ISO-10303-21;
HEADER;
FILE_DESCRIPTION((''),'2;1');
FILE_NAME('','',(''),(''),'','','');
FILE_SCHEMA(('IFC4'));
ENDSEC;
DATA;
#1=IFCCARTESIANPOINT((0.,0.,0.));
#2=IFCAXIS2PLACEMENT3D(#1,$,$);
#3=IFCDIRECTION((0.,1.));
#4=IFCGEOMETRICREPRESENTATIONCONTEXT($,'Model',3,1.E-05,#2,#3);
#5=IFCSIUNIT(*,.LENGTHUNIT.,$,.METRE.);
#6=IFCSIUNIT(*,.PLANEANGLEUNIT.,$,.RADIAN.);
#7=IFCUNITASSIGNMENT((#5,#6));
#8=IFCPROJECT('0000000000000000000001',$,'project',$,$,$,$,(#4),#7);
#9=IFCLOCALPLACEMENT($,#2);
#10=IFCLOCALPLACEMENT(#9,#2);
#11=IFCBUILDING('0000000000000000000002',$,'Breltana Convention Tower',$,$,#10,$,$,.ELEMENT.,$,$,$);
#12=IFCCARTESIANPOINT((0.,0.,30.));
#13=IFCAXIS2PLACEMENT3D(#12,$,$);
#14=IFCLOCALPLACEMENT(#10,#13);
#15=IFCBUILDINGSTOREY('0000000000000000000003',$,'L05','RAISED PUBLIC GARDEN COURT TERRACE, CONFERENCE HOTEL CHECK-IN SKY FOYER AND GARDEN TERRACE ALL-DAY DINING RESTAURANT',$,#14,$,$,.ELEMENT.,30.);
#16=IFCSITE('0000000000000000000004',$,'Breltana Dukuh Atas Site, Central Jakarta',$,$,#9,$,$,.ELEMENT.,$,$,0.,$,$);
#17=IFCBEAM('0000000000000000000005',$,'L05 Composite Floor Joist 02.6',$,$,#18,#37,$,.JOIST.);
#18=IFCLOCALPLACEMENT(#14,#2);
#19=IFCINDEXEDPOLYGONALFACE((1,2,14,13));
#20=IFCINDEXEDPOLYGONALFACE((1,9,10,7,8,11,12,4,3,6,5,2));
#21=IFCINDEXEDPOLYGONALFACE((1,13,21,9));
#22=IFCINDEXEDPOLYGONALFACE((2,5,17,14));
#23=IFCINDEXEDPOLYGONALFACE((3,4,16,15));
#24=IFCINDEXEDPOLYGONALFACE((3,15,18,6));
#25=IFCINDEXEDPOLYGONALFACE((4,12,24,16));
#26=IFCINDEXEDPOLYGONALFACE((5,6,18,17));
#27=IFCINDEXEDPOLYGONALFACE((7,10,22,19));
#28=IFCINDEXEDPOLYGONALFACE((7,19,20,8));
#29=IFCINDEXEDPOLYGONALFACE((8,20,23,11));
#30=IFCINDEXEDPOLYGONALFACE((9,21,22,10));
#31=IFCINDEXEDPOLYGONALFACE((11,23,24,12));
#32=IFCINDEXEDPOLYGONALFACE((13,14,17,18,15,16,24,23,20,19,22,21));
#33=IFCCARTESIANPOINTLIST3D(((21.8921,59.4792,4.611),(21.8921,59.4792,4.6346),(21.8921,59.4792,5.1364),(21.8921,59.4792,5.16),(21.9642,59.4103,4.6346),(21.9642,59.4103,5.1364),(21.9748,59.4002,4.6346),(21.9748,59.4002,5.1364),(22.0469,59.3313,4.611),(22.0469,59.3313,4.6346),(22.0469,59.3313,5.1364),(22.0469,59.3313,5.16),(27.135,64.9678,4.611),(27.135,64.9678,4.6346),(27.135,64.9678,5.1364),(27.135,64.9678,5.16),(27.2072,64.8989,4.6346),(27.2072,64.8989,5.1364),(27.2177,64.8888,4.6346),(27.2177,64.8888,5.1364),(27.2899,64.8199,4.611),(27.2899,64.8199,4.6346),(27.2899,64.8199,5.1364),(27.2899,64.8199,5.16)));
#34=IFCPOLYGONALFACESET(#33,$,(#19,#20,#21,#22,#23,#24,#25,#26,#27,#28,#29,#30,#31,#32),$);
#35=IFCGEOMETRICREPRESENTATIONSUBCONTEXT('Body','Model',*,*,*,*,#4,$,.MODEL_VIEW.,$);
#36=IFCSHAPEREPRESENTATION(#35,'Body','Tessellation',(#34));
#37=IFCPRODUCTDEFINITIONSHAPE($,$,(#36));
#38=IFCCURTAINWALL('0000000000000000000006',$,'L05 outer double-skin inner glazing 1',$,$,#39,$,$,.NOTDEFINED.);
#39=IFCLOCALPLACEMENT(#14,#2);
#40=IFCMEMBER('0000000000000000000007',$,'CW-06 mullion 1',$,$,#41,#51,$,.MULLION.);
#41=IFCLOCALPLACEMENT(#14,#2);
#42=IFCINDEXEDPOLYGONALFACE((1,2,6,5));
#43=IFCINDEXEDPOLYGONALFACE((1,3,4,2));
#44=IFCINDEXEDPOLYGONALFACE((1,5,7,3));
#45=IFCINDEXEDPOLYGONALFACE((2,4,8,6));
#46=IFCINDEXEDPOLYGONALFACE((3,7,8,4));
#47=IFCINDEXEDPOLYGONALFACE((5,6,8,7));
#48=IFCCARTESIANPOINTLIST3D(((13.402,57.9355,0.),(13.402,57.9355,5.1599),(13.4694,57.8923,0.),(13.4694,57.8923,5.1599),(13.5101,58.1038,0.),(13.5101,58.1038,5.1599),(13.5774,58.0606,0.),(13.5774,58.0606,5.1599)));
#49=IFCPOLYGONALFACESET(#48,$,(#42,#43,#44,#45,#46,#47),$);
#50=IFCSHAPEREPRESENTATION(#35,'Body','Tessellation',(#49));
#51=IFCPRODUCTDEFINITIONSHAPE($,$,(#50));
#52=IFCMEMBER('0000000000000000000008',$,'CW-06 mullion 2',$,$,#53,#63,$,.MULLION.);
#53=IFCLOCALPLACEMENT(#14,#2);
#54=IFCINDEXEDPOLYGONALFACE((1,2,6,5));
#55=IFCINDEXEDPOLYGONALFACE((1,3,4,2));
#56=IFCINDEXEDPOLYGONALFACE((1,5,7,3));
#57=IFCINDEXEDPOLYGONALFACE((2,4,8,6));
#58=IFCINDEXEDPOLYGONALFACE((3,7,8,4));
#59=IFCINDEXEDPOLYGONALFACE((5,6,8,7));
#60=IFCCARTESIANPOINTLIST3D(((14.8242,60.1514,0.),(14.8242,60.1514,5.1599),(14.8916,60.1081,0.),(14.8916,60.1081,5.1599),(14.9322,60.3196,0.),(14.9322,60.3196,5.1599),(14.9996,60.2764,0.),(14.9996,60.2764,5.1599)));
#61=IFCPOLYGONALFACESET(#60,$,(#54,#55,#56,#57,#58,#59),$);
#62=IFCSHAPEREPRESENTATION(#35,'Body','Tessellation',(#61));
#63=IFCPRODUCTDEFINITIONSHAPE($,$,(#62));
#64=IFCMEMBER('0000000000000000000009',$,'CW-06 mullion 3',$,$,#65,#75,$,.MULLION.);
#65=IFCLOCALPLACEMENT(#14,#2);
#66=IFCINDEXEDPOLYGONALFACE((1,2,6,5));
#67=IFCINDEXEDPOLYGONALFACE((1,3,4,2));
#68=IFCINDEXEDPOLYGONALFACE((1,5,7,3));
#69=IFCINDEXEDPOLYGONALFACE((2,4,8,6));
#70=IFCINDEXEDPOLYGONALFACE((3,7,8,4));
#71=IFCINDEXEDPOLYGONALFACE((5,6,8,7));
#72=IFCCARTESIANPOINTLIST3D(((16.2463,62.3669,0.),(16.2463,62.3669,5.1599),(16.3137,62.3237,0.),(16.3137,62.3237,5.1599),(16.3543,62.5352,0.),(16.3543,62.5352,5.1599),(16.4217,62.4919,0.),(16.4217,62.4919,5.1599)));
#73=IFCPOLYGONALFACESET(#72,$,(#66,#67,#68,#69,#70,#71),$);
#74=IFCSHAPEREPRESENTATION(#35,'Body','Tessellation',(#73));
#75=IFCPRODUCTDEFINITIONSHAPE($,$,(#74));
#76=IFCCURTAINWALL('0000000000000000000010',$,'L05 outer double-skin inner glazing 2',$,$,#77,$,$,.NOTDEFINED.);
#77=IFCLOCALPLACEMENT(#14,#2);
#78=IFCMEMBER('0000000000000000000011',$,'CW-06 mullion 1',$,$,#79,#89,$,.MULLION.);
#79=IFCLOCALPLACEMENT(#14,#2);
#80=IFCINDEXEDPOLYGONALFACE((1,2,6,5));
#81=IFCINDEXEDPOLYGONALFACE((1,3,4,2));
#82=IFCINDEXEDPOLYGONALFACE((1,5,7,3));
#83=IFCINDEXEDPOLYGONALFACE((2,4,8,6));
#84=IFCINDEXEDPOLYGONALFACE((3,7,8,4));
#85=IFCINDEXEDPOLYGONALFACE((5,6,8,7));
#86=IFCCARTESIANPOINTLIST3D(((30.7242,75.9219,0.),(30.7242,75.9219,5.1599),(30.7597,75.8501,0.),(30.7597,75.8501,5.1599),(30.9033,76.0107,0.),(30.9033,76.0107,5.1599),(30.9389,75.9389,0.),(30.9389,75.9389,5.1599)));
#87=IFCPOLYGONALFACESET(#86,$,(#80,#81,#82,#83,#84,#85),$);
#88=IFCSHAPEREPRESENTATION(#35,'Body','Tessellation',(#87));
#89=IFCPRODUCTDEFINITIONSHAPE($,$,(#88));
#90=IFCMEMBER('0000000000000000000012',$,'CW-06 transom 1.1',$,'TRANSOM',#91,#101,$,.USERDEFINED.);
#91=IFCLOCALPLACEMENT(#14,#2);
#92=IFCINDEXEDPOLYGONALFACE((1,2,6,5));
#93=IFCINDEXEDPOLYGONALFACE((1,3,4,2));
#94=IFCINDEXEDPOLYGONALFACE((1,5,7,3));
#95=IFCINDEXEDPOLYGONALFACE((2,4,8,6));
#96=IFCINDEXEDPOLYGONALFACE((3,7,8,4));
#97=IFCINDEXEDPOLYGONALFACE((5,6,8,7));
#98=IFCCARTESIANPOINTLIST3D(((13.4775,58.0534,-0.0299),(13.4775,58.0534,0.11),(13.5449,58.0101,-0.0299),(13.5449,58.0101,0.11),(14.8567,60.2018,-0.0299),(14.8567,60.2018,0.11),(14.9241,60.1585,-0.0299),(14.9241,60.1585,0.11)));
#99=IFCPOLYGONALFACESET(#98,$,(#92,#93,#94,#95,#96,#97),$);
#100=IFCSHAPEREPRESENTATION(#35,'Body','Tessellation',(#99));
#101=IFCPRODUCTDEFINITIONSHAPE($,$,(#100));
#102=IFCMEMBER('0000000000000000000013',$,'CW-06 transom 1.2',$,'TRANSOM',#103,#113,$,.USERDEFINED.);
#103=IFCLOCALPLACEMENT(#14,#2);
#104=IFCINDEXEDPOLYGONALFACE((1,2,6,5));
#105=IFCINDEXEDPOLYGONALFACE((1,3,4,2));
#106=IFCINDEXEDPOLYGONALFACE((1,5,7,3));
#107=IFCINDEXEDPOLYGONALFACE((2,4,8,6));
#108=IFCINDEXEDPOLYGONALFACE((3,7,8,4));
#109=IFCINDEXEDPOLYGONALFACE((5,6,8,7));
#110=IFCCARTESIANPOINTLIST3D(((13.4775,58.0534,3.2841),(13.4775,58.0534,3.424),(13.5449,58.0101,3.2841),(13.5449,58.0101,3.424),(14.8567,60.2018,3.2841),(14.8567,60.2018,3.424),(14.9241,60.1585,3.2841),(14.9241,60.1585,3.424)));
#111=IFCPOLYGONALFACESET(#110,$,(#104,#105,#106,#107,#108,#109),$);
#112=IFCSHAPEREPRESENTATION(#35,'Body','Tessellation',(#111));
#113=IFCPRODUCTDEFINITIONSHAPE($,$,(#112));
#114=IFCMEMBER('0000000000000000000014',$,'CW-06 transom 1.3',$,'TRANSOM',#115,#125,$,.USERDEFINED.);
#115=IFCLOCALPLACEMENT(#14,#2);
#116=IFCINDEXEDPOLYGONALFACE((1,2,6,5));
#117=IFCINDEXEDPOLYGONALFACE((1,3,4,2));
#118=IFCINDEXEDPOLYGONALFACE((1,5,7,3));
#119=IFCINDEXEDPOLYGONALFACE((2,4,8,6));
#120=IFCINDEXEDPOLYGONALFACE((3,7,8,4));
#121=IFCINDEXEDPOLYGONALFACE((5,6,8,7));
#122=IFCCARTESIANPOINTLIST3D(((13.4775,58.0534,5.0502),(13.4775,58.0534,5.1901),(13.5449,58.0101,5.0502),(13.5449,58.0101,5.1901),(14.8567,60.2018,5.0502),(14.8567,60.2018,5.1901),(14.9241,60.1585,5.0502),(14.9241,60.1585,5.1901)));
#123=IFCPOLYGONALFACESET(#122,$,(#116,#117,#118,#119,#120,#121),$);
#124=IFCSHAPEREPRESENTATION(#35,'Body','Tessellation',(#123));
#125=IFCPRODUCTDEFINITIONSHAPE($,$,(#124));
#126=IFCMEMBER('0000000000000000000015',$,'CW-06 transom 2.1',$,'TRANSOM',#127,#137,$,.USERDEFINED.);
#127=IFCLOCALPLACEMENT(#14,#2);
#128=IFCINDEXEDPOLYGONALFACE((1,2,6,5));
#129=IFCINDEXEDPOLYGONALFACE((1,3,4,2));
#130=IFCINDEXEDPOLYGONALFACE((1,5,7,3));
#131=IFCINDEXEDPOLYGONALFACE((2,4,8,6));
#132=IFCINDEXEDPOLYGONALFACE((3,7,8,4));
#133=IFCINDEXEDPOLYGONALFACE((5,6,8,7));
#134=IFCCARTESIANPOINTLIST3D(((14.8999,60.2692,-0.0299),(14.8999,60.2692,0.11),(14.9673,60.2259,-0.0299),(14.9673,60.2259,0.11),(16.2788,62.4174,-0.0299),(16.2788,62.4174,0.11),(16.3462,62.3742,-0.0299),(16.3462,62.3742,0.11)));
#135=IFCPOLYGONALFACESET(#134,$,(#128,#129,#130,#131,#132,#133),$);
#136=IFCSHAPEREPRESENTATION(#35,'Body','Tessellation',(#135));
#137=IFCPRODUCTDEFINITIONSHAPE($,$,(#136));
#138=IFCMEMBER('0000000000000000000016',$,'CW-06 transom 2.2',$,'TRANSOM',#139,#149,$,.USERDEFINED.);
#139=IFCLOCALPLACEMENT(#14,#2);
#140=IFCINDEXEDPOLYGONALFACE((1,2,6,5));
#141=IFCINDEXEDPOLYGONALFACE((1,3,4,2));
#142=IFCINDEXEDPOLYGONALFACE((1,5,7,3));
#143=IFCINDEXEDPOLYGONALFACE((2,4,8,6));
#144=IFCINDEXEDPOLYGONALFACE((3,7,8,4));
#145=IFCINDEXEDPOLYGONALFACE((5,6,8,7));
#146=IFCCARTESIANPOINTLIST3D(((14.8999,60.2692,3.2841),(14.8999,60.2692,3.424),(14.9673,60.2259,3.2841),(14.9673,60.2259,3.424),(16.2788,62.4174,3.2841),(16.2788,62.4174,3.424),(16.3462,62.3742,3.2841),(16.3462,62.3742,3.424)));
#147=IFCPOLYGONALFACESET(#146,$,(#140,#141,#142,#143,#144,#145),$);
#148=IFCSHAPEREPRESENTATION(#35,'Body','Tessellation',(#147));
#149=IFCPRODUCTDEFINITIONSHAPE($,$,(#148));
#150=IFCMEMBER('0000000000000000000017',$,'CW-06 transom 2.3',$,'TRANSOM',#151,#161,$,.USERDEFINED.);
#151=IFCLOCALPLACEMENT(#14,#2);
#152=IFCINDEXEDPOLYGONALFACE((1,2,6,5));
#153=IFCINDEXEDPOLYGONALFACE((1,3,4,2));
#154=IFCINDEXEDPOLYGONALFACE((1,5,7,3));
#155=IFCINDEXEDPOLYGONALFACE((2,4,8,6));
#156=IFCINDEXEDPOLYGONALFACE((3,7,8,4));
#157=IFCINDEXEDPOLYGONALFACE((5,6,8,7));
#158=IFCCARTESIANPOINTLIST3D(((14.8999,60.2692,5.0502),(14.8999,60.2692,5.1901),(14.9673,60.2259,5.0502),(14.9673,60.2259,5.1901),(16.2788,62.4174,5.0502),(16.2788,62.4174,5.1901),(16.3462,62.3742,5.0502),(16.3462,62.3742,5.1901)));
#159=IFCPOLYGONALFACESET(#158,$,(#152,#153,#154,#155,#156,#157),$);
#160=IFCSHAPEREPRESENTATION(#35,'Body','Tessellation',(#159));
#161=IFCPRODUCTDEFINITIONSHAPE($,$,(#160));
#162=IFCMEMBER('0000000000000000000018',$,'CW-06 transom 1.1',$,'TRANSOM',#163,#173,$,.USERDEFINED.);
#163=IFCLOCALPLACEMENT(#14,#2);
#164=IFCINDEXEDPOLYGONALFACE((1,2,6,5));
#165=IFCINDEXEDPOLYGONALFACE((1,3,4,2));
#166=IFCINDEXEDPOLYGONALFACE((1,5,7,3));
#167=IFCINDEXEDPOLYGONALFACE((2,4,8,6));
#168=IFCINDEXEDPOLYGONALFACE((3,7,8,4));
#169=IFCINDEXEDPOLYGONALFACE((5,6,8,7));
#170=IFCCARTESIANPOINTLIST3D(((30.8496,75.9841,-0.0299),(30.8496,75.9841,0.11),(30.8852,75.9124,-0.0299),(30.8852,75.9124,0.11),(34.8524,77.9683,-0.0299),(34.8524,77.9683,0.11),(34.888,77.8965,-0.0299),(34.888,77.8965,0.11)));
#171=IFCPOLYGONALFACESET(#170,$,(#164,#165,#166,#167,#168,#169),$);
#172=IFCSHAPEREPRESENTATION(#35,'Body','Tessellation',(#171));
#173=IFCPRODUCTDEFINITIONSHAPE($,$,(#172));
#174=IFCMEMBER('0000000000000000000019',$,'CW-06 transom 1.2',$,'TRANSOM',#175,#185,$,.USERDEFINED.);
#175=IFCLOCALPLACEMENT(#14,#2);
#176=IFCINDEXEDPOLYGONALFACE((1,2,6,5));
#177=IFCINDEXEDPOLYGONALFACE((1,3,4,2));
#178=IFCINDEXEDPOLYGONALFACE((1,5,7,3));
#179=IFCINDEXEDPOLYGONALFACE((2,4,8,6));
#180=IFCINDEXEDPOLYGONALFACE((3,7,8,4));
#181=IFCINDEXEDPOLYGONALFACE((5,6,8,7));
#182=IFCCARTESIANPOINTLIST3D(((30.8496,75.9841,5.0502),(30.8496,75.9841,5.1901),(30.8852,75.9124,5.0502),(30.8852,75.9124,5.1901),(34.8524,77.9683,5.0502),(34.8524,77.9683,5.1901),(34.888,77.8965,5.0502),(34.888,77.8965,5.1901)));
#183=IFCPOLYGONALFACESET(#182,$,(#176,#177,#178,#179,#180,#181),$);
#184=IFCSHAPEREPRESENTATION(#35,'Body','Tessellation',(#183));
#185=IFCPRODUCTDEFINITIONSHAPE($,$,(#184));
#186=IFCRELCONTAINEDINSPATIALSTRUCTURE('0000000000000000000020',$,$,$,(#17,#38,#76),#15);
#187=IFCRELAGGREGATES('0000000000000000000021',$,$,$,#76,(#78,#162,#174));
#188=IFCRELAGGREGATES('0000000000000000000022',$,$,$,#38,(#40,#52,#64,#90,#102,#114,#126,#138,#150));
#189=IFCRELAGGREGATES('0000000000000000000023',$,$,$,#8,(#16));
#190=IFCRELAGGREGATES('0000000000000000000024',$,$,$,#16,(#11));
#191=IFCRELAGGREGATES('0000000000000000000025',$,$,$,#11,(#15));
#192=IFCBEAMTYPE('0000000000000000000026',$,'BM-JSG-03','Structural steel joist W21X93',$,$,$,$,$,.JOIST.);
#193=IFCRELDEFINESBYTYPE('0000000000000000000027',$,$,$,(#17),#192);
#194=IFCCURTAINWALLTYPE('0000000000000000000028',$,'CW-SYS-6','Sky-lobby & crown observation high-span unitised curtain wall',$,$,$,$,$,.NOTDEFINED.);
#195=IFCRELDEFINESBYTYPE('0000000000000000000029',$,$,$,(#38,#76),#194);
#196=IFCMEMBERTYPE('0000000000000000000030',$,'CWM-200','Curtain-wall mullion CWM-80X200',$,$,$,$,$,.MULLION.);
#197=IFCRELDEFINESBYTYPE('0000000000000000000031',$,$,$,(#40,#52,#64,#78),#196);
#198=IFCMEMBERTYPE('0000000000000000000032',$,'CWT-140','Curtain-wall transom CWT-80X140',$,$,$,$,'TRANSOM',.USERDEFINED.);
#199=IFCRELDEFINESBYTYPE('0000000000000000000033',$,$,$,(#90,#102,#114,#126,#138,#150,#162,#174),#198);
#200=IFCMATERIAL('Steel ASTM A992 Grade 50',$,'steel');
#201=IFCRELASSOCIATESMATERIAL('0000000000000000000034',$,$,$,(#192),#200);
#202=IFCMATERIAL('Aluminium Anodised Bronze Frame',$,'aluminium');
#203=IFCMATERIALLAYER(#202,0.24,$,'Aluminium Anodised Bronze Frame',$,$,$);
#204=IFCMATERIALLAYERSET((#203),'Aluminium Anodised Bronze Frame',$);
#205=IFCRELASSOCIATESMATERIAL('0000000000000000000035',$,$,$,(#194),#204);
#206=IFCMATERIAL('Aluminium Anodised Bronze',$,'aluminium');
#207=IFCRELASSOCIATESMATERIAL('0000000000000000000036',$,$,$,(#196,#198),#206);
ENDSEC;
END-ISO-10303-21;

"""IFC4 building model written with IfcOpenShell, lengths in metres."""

from ifc_helpers import new_model, si_unit, direction, frame, origin, origin_2d, place, context, subcontext, project, spatial, rectangle, i_section, extrude, source, transform, mapped, material, layer, layer_set, material_profile, profile_set, type_object, type_shapes, element, aggregate, save


model = new_model("IFC4")

# Units and contexts
model_context = context("Model", 3, precision=1e-05, world=origin(), true_north=direction((0.0, 1.0)))
body_context = subcontext(model_context, "Body", "Model", "MODEL_VIEW")
ifc_project = project(units=[si_unit("LENGTHUNIT", "METRE"), si_unit("PLANEANGLEUNIT", "RADIAN")], contexts=[model_context])

# Site, building, storey
site_placement = place(None, origin())
site = spatial("IfcSite", under=ifc_project, at=site_placement, Name="Breltana Dukuh Atas Site, Central Jakarta", CompositionType="ELEMENT", RefElevation=0.0)
building_placement = place(site_placement, origin())
building = spatial("IfcBuilding", under=site, at=building_placement, Name="Breltana Convention Tower", CompositionType="ELEMENT")
storey_placement = place(building_placement, frame((0.0, 0.0, 30.0)))
storey = spatial("IfcBuildingStorey", under=building, at=storey_placement, Name="L05", Description="RAISED PUBLIC GARDEN COURT TERRACE, CONFERENCE HOTEL CHECK-IN SKY FOYER AND GARDEN TERRACE ALL-DAY DINING RESTAURANT", CompositionType="ELEMENT", Elevation=30.0)

# Beam
ifc_material_1 = material(Name="Steel ASTM A992 Grade 50", Category="steel")
ifc_material_profile_1 = material_profile(ifc_material_1, i_section(OverallWidth=0.2141, OverallDepth=0.5491, WebThickness=0.0146, FlangeThickness=0.0237, at=origin_2d()), Name="W21X93")
ifc_profile_set_1 = profile_set([ifc_material_profile_1], Name="Steel ASTM A992 Grade 50")
beam_type_1 = type_object("IfcBeamType", Name="BM-JSG-03", Description="Structural steel joist W21X93", PredefinedType="JOIST", material=ifc_profile_set_1)
shared_shape_1 = source(origin(), body_context, "Body", "SweptSolid", [
    extrude(i_section(OverallWidth=0.2141, OverallDepth=0.5491, WebThickness=0.0146, FlangeThickness=0.0237, at=origin_2d()), origin(), (0.0, 0.0, 1.0), 7.5903),
])
beam_1_placement = place(storey_placement, frame((21.9695, 59.4053, 4.8855), z_axis=(0.690743, 0.723101, 0.0), x_axis=(-0.723101, 0.690743, 0.0)))
element("IfcBeam", 1, at=beam_1_placement, inside=storey, type_object=beam_type_1, Name="L05 Composite Floor Joist 02.6", PredefinedType="JOIST", context=body_context, shape_type="MappedRepresentation", body=[
    mapped(shared_shape_1, transform((0.0, 0.0, 0.0), scale=1.0)),
])

# Curtain wall, members
ifc_material_2 = material(Name="Aluminium Anodised Bronze Frame", Category="aluminium")
ifc_layer_1 = layer(ifc_material_2, 0.24, Name="Aluminium Anodised Bronze Frame")
ifc_layer_set_1 = layer_set([ifc_layer_1], Name="Aluminium Anodised Bronze Frame")
curtain_wall_type = type_object("IfcCurtainWallType", Name="CW-SYS-6", Description="Sky-lobby & crown observation high-span unitised curtain wall", PredefinedType="NOTDEFINED", material=ifc_layer_set_1)
curtain_wall_1_placement = place(storey_placement, origin())
curtain_wall_1 = element("IfcCurtainWall", 2, at=curtain_wall_1_placement, inside=storey, type_object=curtain_wall_type, Name="L05 outer double-skin inner glazing 1", PredefinedType="NOTDEFINED")
ifc_material_3 = material(Name="Aluminium Anodised Bronze", Category="aluminium")
ifc_material_profile_2 = material_profile(ifc_material_3, rectangle(XDim=0.0801, YDim=0.2, at=origin_2d()), Name="CWM-80X200")
ifc_profile_set_2 = profile_set([ifc_material_profile_2], Name="Aluminium Anodised Bronze")
member_type_1 = type_object("IfcMemberType", Name="CWM-200", Description="Curtain-wall mullion CWM-80X200", PredefinedType="MULLION", material=ifc_profile_set_2)
shared_shape_2 = source(origin(), body_context, "Body", "SweptSolid", [
    extrude(rectangle(XDim=0.0801, YDim=0.2, at=origin_2d()), origin(), (0.0, 0.0, 1.0), 5.1599),
])
type_shapes(member_type_1, [shared_shape_2])
member_1_placement = place(storey_placement, frame((13.4897, 57.998, 0.0), z_axis=(0.0, 0.0, 1.0), x_axis=(-0.841549, 0.540181, 0.0)))
member_1 = element("IfcMember", 3, at=member_1_placement, type_object=member_type_1, Name="CW-06 mullion 1", PredefinedType="MULLION", context=body_context, shape_type="MappedRepresentation", body=[
    mapped(shared_shape_2, transform((0.0, 0.0, 0.0), scale=1.0)),
])
member_2_placement = place(storey_placement, frame((14.9119, 60.2139, 0.0), z_axis=(0.0, 0.0, 1.0), x_axis=(-0.841549, 0.540181, 0.0)))
member_2 = element("IfcMember", 4, at=member_2_placement, type_object=member_type_1, Name="CW-06 mullion 2", PredefinedType="MULLION", context=body_context, shape_type="MappedRepresentation", body=[
    mapped(shared_shape_2, transform((0.0, 0.0, 0.0), scale=1.0)),
])
member_3_placement = place(storey_placement, frame((16.334, 62.4294, 0.0), z_axis=(0.0, 0.0, 1.0), x_axis=(-0.841549, 0.540181, 0.0)))
member_3 = element("IfcMember", 5, at=member_3_placement, type_object=member_type_1, Name="CW-06 mullion 3", PredefinedType="MULLION", context=body_context, shape_type="MappedRepresentation", body=[
    mapped(shared_shape_2, transform((0.0, 0.0, 0.0), scale=1.0)),
])

# Curtain wall, member
curtain_wall_2_placement = place(storey_placement, origin())
curtain_wall_2 = element("IfcCurtainWall", 6, at=curtain_wall_2_placement, inside=storey, type_object=curtain_wall_type, Name="L05 outer double-skin inner glazing 2", PredefinedType="NOTDEFINED")
member_4_placement = place(storey_placement, frame((30.8315, 75.9304, 0.0), z_axis=(0.0, 0.0, 1.0), x_axis=(-0.444108, 0.895973, 0.0)))
member_4 = element("IfcMember", 7, at=member_4_placement, type_object=member_type_1, Name="CW-06 mullion 1", PredefinedType="MULLION", context=body_context, shape_type="MappedRepresentation", body=[
    mapped(shared_shape_2, transform((0.0, 0.0, 0.0), scale=1.0)),
])

# Members
ifc_material_profile_3 = material_profile(ifc_material_3, rectangle(XDim=0.0801, YDim=0.1399, at=origin_2d()), Name="CWT-80X140")
ifc_profile_set_3 = profile_set([ifc_material_profile_3], Name="Aluminium Anodised Bronze")
member_type_2 = type_object("IfcMemberType", Name="CWT-140", Description="Curtain-wall transom CWT-80X140", ElementType="TRANSOM", PredefinedType="USERDEFINED", material=ifc_profile_set_3)
shared_shape_3 = source(origin(), body_context, "Body", "SweptSolid", [
    extrude(rectangle(XDim=0.0801, YDim=0.1399, at=origin_2d()), origin(), (0.0, 0.0, 1.0), 2.553),
])
member_5_placement = place(storey_placement, frame((13.5112, 58.0317, 0.04), z_axis=(0.540206, 0.841533, 0.0), x_axis=(-0.841533, 0.540206, 0.0)))
member_5 = element("IfcMember", 8, at=member_5_placement, type_object=member_type_2, Name="CW-06 transom 1.1", ObjectType="TRANSOM", PredefinedType="USERDEFINED", context=body_context, shape_type="MappedRepresentation", body=[
    mapped(shared_shape_3, transform((0.0, 0.0, 0.0), scale=1.0)),
])
member_6_placement = place(storey_placement, frame((13.5112, 58.0317, 3.354), z_axis=(0.540206, 0.841533, 0.0), x_axis=(-0.841533, 0.540206, 0.0)))
member_6 = element("IfcMember", 9, at=member_6_placement, type_object=member_type_2, Name="CW-06 transom 1.2", ObjectType="TRANSOM", PredefinedType="USERDEFINED", context=body_context, shape_type="MappedRepresentation", body=[
    mapped(shared_shape_3, transform((0.0, 0.0, 0.0), scale=1.0)),
])
member_7_placement = place(storey_placement, frame((13.5112, 58.0317, 5.1201), z_axis=(0.540206, 0.841533, 0.0), x_axis=(-0.841533, 0.540206, 0.0)))
member_7 = element("IfcMember", 10, at=member_7_placement, type_object=member_type_2, Name="CW-06 transom 1.3", ObjectType="TRANSOM", PredefinedType="USERDEFINED", context=body_context, shape_type="MappedRepresentation", body=[
    mapped(shared_shape_3, transform((0.0, 0.0, 0.0), scale=1.0)),
])
shared_shape_4 = source(origin(), body_context, "Body", "SweptSolid", [
    extrude(rectangle(XDim=0.0801, YDim=0.1399, at=origin_2d()), origin(), (0.0, 0.0, 1.0), 2.5527),
])
member_8_placement = place(storey_placement, frame((14.9336, 60.2476, 0.04), z_axis=(0.540182, 0.841548, 0.0), x_axis=(-0.841548, 0.540182, 0.0)))
member_8 = element("IfcMember", 11, at=member_8_placement, type_object=member_type_2, Name="CW-06 transom 2.1", ObjectType="TRANSOM", PredefinedType="USERDEFINED", context=body_context, shape_type="MappedRepresentation", body=[
    mapped(shared_shape_4, transform((0.0, 0.0, 0.0), scale=1.0)),
])
member_9_placement = place(storey_placement, frame((14.9336, 60.2476, 3.354), z_axis=(0.540182, 0.841548, 0.0), x_axis=(-0.841548, 0.540182, 0.0)))
member_9 = element("IfcMember", 12, at=member_9_placement, type_object=member_type_2, Name="CW-06 transom 2.2", ObjectType="TRANSOM", PredefinedType="USERDEFINED", context=body_context, shape_type="MappedRepresentation", body=[
    mapped(shared_shape_4, transform((0.0, 0.0, 0.0), scale=1.0)),
])
member_10_placement = place(storey_placement, frame((14.9336, 60.2476, 5.1201), z_axis=(0.540182, 0.841548, 0.0), x_axis=(-0.841548, 0.540182, 0.0)))
member_10 = element("IfcMember", 13, at=member_10_placement, type_object=member_type_2, Name="CW-06 transom 2.3", ObjectType="TRANSOM", PredefinedType="USERDEFINED", context=body_context, shape_type="MappedRepresentation", body=[
    mapped(shared_shape_4, transform((0.0, 0.0, 0.0), scale=1.0)),
])
shared_shape_5 = source(origin(), body_context, "Body", "SweptSolid", [
    extrude(rectangle(XDim=0.0801, YDim=0.1399, at=origin_2d()), origin(), (0.0, 0.0, 1.0), 4.4675),
])
member_11_placement = place(storey_placement, frame((30.8674, 75.9482, 0.04), z_axis=(0.895963, 0.444129, 0.0), x_axis=(-0.444129, 0.895963, 0.0)))
member_11 = element("IfcMember", 14, at=member_11_placement, type_object=member_type_2, Name="CW-06 transom 1.1", ObjectType="TRANSOM", PredefinedType="USERDEFINED", context=body_context, shape_type="MappedRepresentation", body=[
    mapped(shared_shape_5, transform((0.0, 0.0, 0.0), scale=1.0)),
])
member_12_placement = place(storey_placement, frame((30.8674, 75.9482, 5.1201), z_axis=(0.895963, 0.444129, 0.0), x_axis=(-0.444129, 0.895963, 0.0)))
member_12 = element("IfcMember", 15, at=member_12_placement, type_object=member_type_2, Name="CW-06 transom 1.2", ObjectType="TRANSOM", PredefinedType="USERDEFINED", context=body_context, shape_type="MappedRepresentation", body=[
    mapped(shared_shape_5, transform((0.0, 0.0, 0.0), scale=1.0)),
])
aggregate(curtain_wall_2, [member_4, member_11, member_12])

aggregate(curtain_wall_1, [member_1, member_2, member_3, member_5, member_6, member_7, member_8, member_9, member_10])

save(model, "model.ifc")
